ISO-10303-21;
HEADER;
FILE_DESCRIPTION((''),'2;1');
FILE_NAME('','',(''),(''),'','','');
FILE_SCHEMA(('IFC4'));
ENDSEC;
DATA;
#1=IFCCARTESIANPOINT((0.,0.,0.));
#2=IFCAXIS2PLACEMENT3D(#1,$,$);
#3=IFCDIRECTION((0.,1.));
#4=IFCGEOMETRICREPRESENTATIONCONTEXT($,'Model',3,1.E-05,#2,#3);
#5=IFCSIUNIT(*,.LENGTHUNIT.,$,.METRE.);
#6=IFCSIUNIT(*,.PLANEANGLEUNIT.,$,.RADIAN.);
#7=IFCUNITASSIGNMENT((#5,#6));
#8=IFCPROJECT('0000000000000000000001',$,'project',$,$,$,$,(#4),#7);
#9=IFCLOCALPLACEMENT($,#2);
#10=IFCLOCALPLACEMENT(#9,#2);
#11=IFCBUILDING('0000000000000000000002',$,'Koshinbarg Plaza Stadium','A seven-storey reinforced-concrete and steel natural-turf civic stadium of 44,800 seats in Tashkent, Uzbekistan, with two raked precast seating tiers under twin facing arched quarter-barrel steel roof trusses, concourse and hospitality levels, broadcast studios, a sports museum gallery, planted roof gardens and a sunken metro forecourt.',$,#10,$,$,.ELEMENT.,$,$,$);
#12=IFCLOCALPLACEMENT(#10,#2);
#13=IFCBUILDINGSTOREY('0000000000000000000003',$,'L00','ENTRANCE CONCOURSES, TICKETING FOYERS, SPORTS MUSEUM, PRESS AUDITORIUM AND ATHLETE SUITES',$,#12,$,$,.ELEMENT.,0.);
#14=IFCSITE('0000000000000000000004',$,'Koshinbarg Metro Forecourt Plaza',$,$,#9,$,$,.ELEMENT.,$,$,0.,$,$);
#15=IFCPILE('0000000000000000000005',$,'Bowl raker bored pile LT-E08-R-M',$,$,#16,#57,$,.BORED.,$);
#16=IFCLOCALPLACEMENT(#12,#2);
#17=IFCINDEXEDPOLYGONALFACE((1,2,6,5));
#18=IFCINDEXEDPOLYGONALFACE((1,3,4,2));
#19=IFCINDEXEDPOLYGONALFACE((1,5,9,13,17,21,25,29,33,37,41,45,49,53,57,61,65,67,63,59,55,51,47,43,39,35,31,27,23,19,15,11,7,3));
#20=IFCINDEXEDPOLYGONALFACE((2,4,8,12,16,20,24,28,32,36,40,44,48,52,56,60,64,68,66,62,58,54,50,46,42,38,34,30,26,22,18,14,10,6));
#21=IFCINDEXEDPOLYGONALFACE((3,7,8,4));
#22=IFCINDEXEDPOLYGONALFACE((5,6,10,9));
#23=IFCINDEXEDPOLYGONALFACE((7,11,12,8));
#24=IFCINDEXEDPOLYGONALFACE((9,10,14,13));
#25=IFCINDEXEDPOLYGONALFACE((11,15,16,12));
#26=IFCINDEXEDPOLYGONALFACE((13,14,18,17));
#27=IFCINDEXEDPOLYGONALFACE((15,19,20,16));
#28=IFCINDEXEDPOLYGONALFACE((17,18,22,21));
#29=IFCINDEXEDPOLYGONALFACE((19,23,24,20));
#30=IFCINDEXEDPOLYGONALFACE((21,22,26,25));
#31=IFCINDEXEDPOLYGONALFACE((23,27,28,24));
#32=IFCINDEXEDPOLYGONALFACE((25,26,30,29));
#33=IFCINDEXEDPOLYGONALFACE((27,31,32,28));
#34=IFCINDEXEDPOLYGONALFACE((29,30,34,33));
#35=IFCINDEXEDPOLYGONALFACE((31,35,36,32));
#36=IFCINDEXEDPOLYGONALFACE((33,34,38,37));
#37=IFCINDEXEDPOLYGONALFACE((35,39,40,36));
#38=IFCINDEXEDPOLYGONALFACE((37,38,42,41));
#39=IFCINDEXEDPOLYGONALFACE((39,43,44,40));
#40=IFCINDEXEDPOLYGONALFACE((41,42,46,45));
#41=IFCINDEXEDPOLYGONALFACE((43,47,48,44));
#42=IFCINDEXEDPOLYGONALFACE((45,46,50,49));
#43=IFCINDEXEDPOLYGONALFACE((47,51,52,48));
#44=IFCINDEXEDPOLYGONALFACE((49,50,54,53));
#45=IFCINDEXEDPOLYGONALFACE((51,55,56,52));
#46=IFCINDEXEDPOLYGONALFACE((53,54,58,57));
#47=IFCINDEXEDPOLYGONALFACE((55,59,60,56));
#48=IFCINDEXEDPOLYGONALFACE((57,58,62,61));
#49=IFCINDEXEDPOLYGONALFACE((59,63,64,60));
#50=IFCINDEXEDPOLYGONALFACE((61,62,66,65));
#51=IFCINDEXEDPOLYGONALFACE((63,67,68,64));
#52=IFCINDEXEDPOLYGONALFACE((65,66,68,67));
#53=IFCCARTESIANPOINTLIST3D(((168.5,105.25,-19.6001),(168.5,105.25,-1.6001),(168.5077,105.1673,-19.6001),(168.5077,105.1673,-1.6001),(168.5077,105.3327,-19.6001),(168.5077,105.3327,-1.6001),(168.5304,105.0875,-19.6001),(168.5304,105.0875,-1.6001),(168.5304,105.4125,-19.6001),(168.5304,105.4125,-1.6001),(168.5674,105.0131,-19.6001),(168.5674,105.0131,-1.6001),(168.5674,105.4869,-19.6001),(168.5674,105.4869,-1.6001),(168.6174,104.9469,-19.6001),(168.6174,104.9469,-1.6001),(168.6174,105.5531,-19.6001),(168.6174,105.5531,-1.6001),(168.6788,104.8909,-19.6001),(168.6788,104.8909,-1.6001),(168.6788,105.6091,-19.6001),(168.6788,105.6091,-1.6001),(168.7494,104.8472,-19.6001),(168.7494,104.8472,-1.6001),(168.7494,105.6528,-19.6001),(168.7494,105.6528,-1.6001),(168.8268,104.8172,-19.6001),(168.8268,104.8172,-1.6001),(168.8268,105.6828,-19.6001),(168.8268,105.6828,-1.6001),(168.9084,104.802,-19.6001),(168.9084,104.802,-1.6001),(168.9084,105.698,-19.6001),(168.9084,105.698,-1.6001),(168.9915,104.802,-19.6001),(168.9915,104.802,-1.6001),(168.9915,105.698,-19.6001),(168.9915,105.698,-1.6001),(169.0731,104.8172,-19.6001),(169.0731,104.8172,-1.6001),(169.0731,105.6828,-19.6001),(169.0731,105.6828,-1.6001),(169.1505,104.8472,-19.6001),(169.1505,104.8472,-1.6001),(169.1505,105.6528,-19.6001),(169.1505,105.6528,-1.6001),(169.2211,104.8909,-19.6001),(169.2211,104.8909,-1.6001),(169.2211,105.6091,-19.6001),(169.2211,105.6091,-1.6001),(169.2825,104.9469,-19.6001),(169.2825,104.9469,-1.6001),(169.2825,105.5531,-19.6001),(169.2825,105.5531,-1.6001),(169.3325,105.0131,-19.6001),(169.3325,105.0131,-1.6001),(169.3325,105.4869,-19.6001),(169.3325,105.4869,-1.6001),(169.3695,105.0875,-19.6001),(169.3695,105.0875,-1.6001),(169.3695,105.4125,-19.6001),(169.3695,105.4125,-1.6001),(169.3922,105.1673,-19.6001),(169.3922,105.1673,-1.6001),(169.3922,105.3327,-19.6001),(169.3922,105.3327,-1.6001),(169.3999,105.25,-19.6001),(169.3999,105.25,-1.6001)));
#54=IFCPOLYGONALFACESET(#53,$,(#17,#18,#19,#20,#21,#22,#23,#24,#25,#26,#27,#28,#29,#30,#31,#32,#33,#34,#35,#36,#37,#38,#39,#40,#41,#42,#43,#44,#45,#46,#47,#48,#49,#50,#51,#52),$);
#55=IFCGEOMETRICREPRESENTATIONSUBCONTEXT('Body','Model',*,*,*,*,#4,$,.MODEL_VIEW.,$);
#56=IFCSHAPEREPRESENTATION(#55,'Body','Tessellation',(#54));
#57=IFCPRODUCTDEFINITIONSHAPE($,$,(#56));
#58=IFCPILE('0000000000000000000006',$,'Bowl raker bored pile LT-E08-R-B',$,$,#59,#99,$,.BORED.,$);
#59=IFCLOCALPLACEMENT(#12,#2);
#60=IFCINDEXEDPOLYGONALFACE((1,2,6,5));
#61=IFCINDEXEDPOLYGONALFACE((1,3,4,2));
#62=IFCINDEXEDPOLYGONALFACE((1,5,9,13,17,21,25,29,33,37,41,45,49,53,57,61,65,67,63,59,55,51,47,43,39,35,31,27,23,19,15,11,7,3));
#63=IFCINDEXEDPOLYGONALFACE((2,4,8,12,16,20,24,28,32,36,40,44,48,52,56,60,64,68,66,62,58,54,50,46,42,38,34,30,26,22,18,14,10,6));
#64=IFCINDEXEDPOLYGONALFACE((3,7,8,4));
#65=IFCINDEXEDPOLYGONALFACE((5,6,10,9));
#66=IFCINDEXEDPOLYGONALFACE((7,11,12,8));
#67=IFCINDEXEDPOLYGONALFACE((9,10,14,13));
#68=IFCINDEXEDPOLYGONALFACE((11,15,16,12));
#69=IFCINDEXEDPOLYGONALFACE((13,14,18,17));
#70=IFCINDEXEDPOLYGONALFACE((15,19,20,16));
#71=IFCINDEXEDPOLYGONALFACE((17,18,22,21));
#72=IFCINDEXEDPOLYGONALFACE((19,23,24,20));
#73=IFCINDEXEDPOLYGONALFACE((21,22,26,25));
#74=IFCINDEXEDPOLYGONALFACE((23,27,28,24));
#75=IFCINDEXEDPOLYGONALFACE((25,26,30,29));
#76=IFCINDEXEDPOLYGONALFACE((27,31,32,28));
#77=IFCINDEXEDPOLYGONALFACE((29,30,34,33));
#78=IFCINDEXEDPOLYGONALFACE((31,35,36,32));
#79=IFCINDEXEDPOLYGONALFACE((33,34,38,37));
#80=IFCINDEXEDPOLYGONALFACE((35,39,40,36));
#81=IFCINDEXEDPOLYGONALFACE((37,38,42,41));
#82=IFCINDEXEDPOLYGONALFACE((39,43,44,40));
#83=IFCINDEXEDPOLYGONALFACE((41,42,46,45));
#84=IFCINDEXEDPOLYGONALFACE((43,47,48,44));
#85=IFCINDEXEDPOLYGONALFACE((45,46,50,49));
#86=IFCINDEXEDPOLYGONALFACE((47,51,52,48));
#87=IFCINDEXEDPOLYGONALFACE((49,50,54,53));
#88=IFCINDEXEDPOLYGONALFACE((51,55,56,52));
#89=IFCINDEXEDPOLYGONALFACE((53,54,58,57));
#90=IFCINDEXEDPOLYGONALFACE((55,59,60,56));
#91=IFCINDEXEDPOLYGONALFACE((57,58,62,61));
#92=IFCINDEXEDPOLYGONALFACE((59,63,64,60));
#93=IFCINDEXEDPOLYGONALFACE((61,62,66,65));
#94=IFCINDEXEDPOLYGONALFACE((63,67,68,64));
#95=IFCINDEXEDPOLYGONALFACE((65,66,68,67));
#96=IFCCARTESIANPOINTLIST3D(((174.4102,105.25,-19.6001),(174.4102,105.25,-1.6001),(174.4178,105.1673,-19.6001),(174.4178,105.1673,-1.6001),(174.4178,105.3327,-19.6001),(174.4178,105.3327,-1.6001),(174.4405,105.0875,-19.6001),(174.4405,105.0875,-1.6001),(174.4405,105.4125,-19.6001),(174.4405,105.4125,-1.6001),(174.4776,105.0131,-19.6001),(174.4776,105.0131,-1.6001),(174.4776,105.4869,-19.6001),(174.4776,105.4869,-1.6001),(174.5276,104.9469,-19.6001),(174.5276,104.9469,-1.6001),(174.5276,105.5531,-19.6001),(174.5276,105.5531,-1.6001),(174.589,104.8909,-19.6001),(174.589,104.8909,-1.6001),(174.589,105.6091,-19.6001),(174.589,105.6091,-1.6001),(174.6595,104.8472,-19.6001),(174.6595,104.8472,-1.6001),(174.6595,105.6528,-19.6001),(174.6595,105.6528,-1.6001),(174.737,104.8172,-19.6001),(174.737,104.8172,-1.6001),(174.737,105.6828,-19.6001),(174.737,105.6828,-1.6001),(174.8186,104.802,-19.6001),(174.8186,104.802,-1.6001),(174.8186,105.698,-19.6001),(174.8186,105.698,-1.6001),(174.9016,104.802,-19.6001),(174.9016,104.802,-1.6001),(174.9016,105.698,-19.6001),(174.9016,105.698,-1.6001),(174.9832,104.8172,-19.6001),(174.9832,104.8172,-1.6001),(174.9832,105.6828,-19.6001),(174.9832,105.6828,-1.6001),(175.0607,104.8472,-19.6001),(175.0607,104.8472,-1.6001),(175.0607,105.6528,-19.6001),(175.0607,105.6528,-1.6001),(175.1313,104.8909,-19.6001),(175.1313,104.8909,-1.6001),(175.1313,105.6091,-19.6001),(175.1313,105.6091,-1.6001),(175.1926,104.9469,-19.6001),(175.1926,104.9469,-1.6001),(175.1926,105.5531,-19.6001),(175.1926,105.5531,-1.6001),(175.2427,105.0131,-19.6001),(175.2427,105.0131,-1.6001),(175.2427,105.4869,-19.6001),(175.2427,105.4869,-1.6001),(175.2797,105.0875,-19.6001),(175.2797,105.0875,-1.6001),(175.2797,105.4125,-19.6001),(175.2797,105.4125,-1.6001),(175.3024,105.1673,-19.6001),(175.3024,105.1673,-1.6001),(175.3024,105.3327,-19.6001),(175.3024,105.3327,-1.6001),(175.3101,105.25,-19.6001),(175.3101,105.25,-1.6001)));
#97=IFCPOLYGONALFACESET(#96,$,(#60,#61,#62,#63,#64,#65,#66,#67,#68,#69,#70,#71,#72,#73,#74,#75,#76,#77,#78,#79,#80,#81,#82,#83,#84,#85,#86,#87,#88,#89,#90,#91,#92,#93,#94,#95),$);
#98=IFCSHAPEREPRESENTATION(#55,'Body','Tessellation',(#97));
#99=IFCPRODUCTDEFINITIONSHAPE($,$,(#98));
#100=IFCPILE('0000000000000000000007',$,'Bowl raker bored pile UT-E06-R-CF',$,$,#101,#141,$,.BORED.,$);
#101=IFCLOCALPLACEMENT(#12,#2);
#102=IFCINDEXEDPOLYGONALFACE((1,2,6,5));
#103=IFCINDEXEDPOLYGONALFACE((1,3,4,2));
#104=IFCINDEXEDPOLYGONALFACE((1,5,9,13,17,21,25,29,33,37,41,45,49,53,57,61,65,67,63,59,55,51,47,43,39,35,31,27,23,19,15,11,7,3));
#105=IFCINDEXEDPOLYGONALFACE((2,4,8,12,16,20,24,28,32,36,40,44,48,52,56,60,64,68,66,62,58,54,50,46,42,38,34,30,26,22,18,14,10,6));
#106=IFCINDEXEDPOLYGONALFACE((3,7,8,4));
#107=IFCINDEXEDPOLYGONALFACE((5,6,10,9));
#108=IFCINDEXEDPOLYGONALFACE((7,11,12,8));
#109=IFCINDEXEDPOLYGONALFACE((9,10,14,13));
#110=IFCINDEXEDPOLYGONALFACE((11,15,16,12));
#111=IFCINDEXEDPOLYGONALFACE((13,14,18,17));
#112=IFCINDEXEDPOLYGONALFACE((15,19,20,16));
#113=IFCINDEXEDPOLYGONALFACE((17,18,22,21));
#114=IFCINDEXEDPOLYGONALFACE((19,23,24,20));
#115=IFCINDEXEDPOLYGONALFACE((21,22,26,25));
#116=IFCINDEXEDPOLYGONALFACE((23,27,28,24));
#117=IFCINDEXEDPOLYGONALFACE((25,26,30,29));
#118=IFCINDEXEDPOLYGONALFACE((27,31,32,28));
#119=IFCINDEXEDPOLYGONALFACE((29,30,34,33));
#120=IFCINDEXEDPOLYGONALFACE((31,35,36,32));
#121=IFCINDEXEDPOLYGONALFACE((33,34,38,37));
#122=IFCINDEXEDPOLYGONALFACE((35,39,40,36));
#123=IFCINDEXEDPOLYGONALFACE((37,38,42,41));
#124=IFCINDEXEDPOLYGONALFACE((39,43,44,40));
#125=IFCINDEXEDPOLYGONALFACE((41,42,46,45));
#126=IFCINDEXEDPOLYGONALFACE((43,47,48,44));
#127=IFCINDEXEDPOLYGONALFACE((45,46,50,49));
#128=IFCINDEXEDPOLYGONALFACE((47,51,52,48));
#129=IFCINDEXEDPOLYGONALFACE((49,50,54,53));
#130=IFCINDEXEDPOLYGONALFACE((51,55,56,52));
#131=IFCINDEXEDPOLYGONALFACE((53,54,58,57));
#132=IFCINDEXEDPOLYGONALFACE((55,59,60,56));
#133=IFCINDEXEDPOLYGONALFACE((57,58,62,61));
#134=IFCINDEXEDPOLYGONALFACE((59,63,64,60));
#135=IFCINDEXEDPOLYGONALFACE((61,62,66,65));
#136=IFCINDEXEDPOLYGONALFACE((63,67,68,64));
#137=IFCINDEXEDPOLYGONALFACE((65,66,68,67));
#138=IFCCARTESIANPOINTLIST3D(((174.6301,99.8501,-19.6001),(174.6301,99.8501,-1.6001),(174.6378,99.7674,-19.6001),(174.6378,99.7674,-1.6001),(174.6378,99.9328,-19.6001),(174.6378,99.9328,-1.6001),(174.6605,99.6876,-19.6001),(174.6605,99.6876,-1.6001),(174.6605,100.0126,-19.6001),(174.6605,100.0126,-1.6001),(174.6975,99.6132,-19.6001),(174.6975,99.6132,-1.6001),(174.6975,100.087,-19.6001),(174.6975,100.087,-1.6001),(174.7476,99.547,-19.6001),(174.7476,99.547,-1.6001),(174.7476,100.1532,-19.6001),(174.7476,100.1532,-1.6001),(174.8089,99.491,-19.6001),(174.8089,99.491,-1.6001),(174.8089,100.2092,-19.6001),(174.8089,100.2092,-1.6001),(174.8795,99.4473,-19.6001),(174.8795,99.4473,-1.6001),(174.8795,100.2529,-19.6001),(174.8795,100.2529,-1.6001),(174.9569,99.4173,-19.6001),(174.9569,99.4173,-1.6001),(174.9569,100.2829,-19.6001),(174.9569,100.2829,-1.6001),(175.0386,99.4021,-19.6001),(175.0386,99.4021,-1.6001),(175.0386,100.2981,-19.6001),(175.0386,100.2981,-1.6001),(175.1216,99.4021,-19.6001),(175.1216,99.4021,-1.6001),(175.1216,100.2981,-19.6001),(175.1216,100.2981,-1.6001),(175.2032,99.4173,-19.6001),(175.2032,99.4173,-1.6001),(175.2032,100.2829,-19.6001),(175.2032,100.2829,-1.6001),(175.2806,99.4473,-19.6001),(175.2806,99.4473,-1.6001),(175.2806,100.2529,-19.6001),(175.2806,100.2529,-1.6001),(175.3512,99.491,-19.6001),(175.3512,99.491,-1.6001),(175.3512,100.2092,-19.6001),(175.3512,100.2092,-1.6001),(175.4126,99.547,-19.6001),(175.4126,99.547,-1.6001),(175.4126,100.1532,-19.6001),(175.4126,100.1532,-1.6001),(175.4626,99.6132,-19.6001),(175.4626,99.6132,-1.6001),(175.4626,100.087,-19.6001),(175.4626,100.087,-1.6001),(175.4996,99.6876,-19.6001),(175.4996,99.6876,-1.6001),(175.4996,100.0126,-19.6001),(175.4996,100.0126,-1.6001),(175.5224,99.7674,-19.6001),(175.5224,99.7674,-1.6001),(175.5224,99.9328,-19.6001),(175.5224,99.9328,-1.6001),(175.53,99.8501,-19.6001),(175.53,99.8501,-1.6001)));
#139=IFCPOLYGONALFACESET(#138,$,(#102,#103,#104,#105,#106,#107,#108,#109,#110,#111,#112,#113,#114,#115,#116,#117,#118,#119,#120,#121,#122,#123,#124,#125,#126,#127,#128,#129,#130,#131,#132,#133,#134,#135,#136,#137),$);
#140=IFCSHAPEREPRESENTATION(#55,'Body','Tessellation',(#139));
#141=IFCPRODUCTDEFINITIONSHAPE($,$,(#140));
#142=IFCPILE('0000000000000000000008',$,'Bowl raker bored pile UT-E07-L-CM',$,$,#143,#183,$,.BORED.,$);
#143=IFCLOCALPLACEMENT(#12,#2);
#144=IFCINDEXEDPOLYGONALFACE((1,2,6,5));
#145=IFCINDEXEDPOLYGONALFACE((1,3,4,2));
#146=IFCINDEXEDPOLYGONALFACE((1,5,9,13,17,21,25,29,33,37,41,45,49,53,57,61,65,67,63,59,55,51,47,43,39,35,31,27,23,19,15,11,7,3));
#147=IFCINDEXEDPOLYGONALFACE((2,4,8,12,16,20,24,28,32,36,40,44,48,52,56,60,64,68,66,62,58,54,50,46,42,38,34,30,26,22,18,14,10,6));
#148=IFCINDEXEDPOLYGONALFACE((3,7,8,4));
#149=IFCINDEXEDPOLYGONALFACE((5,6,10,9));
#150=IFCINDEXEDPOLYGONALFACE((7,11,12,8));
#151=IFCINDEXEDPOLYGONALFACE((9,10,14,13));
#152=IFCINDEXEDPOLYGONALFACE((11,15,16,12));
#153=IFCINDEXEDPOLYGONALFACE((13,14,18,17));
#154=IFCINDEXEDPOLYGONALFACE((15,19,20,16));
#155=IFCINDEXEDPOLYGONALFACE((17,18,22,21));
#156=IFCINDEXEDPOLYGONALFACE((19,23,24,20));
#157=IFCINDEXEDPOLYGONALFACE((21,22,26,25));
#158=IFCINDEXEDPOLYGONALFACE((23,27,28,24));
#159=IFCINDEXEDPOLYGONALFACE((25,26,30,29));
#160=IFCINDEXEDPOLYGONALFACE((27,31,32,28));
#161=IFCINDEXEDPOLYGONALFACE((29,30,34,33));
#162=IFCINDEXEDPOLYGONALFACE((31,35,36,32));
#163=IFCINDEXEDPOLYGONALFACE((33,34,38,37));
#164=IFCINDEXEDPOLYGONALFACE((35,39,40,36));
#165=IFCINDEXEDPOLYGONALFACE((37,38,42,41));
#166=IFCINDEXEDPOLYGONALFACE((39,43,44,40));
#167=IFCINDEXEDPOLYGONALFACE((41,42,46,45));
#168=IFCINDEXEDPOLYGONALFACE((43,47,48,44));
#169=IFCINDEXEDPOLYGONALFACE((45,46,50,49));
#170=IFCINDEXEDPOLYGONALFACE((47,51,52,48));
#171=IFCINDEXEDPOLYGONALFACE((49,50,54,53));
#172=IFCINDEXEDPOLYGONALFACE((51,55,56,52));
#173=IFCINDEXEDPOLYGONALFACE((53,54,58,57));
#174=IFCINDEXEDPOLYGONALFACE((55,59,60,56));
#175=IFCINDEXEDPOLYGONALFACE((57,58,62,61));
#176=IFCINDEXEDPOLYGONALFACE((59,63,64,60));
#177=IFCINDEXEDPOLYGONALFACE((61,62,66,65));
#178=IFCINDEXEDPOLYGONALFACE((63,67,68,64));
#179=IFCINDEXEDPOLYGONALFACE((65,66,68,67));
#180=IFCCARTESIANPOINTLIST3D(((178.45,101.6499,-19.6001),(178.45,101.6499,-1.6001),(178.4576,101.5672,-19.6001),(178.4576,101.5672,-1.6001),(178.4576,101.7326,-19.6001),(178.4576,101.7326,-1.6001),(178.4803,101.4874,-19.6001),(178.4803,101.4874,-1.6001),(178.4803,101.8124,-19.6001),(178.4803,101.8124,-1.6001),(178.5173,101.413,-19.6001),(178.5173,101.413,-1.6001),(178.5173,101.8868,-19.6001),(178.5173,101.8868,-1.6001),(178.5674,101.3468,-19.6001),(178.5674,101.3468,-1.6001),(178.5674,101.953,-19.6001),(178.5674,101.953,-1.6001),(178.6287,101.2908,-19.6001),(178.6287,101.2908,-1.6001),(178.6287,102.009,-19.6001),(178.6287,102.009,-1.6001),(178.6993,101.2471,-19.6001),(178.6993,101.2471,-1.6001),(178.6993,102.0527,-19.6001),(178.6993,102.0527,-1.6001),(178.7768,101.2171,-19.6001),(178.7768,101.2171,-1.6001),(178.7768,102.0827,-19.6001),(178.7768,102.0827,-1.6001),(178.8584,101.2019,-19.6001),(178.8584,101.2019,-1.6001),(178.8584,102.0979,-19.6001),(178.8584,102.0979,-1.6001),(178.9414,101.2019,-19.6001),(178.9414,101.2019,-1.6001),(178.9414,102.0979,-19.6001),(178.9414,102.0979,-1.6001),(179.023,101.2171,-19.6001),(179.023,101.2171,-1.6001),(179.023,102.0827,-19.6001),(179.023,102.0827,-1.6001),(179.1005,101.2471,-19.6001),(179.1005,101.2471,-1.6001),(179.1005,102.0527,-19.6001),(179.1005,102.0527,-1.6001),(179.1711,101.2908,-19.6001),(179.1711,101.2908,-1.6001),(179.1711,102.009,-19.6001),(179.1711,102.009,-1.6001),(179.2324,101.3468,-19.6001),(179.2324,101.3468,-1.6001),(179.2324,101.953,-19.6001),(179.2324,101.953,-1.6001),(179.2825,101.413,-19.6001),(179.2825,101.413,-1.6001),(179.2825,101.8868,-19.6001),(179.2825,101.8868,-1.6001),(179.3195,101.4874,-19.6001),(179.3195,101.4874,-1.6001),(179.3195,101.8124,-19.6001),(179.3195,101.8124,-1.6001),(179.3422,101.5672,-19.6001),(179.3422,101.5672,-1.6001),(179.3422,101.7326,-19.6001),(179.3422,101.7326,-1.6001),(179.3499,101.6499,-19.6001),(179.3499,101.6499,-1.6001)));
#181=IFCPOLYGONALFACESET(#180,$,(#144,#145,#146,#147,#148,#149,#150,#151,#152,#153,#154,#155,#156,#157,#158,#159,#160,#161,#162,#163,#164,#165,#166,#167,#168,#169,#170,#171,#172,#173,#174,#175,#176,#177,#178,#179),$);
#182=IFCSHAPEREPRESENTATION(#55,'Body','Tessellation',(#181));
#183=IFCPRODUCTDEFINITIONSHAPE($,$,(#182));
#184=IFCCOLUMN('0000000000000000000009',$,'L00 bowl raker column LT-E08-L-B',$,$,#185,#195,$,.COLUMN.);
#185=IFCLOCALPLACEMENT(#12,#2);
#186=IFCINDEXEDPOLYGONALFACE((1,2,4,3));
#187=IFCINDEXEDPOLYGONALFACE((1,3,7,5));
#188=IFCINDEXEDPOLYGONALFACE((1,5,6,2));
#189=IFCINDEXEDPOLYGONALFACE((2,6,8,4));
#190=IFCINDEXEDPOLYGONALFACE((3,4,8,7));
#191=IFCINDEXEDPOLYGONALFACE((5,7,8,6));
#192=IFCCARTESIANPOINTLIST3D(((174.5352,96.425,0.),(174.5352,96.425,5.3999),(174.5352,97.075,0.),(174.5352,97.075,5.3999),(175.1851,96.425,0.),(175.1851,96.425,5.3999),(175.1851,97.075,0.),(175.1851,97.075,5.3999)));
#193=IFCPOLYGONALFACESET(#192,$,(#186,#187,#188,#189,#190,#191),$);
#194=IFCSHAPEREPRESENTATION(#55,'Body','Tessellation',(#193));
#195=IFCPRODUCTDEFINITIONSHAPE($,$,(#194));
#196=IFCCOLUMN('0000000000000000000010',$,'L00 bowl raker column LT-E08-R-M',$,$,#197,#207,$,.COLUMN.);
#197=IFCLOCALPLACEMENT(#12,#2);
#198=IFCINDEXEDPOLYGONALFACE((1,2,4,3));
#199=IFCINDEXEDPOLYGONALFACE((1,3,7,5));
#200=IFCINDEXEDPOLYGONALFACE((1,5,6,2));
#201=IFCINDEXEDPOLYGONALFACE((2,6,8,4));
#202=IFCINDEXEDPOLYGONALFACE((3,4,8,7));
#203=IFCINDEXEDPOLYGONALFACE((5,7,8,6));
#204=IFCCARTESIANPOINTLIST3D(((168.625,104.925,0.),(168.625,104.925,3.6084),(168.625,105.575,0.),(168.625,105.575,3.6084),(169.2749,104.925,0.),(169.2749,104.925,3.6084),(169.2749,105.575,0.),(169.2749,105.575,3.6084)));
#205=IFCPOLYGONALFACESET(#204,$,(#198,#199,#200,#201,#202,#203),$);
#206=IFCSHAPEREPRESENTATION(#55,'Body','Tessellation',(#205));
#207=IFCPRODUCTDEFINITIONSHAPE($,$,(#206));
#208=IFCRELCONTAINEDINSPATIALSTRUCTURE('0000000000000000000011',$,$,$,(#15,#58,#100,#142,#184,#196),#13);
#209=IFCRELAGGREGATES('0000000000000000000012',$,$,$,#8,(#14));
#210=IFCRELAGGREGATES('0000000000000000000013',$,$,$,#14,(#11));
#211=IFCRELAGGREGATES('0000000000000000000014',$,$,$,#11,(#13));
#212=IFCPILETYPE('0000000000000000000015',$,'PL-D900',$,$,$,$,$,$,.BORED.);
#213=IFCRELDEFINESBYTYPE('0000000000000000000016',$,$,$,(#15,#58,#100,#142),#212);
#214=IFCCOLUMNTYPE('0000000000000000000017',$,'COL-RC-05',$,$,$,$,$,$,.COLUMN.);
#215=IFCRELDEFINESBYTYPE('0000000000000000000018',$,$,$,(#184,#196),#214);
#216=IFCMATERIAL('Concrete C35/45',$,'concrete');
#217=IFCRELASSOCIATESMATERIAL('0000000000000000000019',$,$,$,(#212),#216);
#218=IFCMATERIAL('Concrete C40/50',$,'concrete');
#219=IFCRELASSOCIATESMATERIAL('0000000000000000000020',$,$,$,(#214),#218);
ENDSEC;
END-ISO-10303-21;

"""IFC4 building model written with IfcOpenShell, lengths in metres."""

from ifc_helpers import new_model, si_unit, direction, frame, origin, origin_2d, place, context, subcontext, project, spatial, rectangle, circle, extrude, material, material_profile, profile_set, type_object, element, save


model = new_model("IFC4")

# Units and contexts
model_context = context("Model", 3, precision=1e-05, world=origin(), true_north=direction((0.0, 1.0)))
body_context = subcontext(model_context, "Body", "Model", "MODEL_VIEW")
ifc_project = project(units=[si_unit("LENGTHUNIT", "METRE"), si_unit("PLANEANGLEUNIT", "RADIAN")], contexts=[model_context])

# Site, building, storey
site_placement = place(None, origin())
site = spatial("IfcSite", under=ifc_project, at=site_placement, Name="Koshinbarg Metro Forecourt Plaza", CompositionType="ELEMENT", RefElevation=0.0)
building_placement = place(site_placement, origin())
building = spatial("IfcBuilding", under=site, at=building_placement, Name="Koshinbarg Plaza Stadium", Description="A seven-storey reinforced-concrete and steel natural-turf civic stadium of 44,800 seats in Tashkent, Uzbekistan, with two raked precast seating tiers under twin facing arched quarter-barrel steel roof trusses, concourse and hospitality levels, broadcast studios, a sports museum gallery, planted roof gardens and a sunken metro forecourt.", CompositionType="ELEMENT")
storey_placement = place(building_placement, origin())
storey = spatial("IfcBuildingStorey", under=building, at=storey_placement, Name="L00", Description="ENTRANCE CONCOURSES, TICKETING FOYERS, SPORTS MUSEUM, PRESS AUDITORIUM AND ATHLETE SUITES", CompositionType="ELEMENT", Elevation=0.0)

# Shared definitions
ifc_material_1 = material(Name="Concrete C35/45", Category="concrete")

# Piles
ifc_material_profile_1 = material_profile(ifc_material_1, circle(Radius=0.45, at=origin_2d()), Name="PILE D900")
ifc_profile_set_1 = profile_set([ifc_material_profile_1], Name="Concrete C35/45")
pile_type_1 = type_object("IfcPileType", Name="PL-D900", PredefinedType="BORED", material=ifc_profile_set_1)
for number, where, z_axis, x_axis, name in (
    (1, (168.95, 105.25, -1.6001), (0.0, 0.0, -1.0), (1.0, 0.0, 0.0), "Bowl raker bored pile LT-E08-R-M"),
    (2, (174.8601, 105.25, -1.6001), (0.0, 0.0, -1.0), (1.0, 0.0, 0.0), "Bowl raker bored pile LT-E08-R-B"),
    (3, (175.0801, 99.8501, -1.6001), (0.0, 0.0, -1.0), (1.0, 0.0, 0.0), "Bowl raker bored pile UT-E06-R-CF"),
    (4, (178.8999, 101.6499, -1.6001), (0.0, 0.0, -1.0), (1.0, 0.0, 0.0), "Bowl raker bored pile UT-E07-L-CM"),
):
    element("IfcPile", number, at=place(storey_placement, frame(where, z_axis=z_axis, x_axis=x_axis)), inside=storey, type_object=pile_type_1, Name=name, PredefinedType="BORED", context=body_context, shape_type="SweptSolid", body=[
        extrude(circle(Radius=0.45, at=origin_2d()), origin(), (0.0, 0.0, 1.0), 18.0),
    ])

# Columns
ifc_material_2 = material(Name="Concrete C40/50", Category="concrete")
ifc_material_profile_2 = material_profile(ifc_material_2, rectangle(XDim=0.6499, YDim=0.6499, at=origin_2d()), Name="RC 650x650")
ifc_profile_set_2 = profile_set([ifc_material_profile_2], Name="Concrete C40/50")
column_type_1 = type_object("IfcColumnType", Name="COL-RC-05", PredefinedType="COLUMN", material=ifc_profile_set_2)
column_1_placement = place(storey_placement, frame((174.8601, 96.75, 0.0), z_axis=(0.0, 0.0, 1.0), x_axis=(1.0, 0.0, 0.0)))
element("IfcColumn", 5, at=column_1_placement, inside=storey, type_object=column_type_1, Name="L00 bowl raker column LT-E08-L-B", PredefinedType="COLUMN", context=body_context, shape_type="SweptSolid", body=[
    extrude(rectangle(XDim=0.6499, YDim=0.6499, at=origin_2d()), origin(), (0.0, 0.0, 1.0), 5.3999),
])
column_2_placement = place(storey_placement, frame((168.95, 105.25, 0.0), z_axis=(0.0, 0.0, 1.0), x_axis=(1.0, 0.0, 0.0)))
element("IfcColumn", 6, at=column_2_placement, inside=storey, type_object=column_type_1, Name="L00 bowl raker column LT-E08-R-M", PredefinedType="COLUMN", context=body_context, shape_type="SweptSolid", body=[
    extrude(rectangle(XDim=0.6499, YDim=0.6499, at=origin_2d()), origin(), (0.0, 0.0, 1.0), 3.6084),
])

save(model, "model.ifc")
